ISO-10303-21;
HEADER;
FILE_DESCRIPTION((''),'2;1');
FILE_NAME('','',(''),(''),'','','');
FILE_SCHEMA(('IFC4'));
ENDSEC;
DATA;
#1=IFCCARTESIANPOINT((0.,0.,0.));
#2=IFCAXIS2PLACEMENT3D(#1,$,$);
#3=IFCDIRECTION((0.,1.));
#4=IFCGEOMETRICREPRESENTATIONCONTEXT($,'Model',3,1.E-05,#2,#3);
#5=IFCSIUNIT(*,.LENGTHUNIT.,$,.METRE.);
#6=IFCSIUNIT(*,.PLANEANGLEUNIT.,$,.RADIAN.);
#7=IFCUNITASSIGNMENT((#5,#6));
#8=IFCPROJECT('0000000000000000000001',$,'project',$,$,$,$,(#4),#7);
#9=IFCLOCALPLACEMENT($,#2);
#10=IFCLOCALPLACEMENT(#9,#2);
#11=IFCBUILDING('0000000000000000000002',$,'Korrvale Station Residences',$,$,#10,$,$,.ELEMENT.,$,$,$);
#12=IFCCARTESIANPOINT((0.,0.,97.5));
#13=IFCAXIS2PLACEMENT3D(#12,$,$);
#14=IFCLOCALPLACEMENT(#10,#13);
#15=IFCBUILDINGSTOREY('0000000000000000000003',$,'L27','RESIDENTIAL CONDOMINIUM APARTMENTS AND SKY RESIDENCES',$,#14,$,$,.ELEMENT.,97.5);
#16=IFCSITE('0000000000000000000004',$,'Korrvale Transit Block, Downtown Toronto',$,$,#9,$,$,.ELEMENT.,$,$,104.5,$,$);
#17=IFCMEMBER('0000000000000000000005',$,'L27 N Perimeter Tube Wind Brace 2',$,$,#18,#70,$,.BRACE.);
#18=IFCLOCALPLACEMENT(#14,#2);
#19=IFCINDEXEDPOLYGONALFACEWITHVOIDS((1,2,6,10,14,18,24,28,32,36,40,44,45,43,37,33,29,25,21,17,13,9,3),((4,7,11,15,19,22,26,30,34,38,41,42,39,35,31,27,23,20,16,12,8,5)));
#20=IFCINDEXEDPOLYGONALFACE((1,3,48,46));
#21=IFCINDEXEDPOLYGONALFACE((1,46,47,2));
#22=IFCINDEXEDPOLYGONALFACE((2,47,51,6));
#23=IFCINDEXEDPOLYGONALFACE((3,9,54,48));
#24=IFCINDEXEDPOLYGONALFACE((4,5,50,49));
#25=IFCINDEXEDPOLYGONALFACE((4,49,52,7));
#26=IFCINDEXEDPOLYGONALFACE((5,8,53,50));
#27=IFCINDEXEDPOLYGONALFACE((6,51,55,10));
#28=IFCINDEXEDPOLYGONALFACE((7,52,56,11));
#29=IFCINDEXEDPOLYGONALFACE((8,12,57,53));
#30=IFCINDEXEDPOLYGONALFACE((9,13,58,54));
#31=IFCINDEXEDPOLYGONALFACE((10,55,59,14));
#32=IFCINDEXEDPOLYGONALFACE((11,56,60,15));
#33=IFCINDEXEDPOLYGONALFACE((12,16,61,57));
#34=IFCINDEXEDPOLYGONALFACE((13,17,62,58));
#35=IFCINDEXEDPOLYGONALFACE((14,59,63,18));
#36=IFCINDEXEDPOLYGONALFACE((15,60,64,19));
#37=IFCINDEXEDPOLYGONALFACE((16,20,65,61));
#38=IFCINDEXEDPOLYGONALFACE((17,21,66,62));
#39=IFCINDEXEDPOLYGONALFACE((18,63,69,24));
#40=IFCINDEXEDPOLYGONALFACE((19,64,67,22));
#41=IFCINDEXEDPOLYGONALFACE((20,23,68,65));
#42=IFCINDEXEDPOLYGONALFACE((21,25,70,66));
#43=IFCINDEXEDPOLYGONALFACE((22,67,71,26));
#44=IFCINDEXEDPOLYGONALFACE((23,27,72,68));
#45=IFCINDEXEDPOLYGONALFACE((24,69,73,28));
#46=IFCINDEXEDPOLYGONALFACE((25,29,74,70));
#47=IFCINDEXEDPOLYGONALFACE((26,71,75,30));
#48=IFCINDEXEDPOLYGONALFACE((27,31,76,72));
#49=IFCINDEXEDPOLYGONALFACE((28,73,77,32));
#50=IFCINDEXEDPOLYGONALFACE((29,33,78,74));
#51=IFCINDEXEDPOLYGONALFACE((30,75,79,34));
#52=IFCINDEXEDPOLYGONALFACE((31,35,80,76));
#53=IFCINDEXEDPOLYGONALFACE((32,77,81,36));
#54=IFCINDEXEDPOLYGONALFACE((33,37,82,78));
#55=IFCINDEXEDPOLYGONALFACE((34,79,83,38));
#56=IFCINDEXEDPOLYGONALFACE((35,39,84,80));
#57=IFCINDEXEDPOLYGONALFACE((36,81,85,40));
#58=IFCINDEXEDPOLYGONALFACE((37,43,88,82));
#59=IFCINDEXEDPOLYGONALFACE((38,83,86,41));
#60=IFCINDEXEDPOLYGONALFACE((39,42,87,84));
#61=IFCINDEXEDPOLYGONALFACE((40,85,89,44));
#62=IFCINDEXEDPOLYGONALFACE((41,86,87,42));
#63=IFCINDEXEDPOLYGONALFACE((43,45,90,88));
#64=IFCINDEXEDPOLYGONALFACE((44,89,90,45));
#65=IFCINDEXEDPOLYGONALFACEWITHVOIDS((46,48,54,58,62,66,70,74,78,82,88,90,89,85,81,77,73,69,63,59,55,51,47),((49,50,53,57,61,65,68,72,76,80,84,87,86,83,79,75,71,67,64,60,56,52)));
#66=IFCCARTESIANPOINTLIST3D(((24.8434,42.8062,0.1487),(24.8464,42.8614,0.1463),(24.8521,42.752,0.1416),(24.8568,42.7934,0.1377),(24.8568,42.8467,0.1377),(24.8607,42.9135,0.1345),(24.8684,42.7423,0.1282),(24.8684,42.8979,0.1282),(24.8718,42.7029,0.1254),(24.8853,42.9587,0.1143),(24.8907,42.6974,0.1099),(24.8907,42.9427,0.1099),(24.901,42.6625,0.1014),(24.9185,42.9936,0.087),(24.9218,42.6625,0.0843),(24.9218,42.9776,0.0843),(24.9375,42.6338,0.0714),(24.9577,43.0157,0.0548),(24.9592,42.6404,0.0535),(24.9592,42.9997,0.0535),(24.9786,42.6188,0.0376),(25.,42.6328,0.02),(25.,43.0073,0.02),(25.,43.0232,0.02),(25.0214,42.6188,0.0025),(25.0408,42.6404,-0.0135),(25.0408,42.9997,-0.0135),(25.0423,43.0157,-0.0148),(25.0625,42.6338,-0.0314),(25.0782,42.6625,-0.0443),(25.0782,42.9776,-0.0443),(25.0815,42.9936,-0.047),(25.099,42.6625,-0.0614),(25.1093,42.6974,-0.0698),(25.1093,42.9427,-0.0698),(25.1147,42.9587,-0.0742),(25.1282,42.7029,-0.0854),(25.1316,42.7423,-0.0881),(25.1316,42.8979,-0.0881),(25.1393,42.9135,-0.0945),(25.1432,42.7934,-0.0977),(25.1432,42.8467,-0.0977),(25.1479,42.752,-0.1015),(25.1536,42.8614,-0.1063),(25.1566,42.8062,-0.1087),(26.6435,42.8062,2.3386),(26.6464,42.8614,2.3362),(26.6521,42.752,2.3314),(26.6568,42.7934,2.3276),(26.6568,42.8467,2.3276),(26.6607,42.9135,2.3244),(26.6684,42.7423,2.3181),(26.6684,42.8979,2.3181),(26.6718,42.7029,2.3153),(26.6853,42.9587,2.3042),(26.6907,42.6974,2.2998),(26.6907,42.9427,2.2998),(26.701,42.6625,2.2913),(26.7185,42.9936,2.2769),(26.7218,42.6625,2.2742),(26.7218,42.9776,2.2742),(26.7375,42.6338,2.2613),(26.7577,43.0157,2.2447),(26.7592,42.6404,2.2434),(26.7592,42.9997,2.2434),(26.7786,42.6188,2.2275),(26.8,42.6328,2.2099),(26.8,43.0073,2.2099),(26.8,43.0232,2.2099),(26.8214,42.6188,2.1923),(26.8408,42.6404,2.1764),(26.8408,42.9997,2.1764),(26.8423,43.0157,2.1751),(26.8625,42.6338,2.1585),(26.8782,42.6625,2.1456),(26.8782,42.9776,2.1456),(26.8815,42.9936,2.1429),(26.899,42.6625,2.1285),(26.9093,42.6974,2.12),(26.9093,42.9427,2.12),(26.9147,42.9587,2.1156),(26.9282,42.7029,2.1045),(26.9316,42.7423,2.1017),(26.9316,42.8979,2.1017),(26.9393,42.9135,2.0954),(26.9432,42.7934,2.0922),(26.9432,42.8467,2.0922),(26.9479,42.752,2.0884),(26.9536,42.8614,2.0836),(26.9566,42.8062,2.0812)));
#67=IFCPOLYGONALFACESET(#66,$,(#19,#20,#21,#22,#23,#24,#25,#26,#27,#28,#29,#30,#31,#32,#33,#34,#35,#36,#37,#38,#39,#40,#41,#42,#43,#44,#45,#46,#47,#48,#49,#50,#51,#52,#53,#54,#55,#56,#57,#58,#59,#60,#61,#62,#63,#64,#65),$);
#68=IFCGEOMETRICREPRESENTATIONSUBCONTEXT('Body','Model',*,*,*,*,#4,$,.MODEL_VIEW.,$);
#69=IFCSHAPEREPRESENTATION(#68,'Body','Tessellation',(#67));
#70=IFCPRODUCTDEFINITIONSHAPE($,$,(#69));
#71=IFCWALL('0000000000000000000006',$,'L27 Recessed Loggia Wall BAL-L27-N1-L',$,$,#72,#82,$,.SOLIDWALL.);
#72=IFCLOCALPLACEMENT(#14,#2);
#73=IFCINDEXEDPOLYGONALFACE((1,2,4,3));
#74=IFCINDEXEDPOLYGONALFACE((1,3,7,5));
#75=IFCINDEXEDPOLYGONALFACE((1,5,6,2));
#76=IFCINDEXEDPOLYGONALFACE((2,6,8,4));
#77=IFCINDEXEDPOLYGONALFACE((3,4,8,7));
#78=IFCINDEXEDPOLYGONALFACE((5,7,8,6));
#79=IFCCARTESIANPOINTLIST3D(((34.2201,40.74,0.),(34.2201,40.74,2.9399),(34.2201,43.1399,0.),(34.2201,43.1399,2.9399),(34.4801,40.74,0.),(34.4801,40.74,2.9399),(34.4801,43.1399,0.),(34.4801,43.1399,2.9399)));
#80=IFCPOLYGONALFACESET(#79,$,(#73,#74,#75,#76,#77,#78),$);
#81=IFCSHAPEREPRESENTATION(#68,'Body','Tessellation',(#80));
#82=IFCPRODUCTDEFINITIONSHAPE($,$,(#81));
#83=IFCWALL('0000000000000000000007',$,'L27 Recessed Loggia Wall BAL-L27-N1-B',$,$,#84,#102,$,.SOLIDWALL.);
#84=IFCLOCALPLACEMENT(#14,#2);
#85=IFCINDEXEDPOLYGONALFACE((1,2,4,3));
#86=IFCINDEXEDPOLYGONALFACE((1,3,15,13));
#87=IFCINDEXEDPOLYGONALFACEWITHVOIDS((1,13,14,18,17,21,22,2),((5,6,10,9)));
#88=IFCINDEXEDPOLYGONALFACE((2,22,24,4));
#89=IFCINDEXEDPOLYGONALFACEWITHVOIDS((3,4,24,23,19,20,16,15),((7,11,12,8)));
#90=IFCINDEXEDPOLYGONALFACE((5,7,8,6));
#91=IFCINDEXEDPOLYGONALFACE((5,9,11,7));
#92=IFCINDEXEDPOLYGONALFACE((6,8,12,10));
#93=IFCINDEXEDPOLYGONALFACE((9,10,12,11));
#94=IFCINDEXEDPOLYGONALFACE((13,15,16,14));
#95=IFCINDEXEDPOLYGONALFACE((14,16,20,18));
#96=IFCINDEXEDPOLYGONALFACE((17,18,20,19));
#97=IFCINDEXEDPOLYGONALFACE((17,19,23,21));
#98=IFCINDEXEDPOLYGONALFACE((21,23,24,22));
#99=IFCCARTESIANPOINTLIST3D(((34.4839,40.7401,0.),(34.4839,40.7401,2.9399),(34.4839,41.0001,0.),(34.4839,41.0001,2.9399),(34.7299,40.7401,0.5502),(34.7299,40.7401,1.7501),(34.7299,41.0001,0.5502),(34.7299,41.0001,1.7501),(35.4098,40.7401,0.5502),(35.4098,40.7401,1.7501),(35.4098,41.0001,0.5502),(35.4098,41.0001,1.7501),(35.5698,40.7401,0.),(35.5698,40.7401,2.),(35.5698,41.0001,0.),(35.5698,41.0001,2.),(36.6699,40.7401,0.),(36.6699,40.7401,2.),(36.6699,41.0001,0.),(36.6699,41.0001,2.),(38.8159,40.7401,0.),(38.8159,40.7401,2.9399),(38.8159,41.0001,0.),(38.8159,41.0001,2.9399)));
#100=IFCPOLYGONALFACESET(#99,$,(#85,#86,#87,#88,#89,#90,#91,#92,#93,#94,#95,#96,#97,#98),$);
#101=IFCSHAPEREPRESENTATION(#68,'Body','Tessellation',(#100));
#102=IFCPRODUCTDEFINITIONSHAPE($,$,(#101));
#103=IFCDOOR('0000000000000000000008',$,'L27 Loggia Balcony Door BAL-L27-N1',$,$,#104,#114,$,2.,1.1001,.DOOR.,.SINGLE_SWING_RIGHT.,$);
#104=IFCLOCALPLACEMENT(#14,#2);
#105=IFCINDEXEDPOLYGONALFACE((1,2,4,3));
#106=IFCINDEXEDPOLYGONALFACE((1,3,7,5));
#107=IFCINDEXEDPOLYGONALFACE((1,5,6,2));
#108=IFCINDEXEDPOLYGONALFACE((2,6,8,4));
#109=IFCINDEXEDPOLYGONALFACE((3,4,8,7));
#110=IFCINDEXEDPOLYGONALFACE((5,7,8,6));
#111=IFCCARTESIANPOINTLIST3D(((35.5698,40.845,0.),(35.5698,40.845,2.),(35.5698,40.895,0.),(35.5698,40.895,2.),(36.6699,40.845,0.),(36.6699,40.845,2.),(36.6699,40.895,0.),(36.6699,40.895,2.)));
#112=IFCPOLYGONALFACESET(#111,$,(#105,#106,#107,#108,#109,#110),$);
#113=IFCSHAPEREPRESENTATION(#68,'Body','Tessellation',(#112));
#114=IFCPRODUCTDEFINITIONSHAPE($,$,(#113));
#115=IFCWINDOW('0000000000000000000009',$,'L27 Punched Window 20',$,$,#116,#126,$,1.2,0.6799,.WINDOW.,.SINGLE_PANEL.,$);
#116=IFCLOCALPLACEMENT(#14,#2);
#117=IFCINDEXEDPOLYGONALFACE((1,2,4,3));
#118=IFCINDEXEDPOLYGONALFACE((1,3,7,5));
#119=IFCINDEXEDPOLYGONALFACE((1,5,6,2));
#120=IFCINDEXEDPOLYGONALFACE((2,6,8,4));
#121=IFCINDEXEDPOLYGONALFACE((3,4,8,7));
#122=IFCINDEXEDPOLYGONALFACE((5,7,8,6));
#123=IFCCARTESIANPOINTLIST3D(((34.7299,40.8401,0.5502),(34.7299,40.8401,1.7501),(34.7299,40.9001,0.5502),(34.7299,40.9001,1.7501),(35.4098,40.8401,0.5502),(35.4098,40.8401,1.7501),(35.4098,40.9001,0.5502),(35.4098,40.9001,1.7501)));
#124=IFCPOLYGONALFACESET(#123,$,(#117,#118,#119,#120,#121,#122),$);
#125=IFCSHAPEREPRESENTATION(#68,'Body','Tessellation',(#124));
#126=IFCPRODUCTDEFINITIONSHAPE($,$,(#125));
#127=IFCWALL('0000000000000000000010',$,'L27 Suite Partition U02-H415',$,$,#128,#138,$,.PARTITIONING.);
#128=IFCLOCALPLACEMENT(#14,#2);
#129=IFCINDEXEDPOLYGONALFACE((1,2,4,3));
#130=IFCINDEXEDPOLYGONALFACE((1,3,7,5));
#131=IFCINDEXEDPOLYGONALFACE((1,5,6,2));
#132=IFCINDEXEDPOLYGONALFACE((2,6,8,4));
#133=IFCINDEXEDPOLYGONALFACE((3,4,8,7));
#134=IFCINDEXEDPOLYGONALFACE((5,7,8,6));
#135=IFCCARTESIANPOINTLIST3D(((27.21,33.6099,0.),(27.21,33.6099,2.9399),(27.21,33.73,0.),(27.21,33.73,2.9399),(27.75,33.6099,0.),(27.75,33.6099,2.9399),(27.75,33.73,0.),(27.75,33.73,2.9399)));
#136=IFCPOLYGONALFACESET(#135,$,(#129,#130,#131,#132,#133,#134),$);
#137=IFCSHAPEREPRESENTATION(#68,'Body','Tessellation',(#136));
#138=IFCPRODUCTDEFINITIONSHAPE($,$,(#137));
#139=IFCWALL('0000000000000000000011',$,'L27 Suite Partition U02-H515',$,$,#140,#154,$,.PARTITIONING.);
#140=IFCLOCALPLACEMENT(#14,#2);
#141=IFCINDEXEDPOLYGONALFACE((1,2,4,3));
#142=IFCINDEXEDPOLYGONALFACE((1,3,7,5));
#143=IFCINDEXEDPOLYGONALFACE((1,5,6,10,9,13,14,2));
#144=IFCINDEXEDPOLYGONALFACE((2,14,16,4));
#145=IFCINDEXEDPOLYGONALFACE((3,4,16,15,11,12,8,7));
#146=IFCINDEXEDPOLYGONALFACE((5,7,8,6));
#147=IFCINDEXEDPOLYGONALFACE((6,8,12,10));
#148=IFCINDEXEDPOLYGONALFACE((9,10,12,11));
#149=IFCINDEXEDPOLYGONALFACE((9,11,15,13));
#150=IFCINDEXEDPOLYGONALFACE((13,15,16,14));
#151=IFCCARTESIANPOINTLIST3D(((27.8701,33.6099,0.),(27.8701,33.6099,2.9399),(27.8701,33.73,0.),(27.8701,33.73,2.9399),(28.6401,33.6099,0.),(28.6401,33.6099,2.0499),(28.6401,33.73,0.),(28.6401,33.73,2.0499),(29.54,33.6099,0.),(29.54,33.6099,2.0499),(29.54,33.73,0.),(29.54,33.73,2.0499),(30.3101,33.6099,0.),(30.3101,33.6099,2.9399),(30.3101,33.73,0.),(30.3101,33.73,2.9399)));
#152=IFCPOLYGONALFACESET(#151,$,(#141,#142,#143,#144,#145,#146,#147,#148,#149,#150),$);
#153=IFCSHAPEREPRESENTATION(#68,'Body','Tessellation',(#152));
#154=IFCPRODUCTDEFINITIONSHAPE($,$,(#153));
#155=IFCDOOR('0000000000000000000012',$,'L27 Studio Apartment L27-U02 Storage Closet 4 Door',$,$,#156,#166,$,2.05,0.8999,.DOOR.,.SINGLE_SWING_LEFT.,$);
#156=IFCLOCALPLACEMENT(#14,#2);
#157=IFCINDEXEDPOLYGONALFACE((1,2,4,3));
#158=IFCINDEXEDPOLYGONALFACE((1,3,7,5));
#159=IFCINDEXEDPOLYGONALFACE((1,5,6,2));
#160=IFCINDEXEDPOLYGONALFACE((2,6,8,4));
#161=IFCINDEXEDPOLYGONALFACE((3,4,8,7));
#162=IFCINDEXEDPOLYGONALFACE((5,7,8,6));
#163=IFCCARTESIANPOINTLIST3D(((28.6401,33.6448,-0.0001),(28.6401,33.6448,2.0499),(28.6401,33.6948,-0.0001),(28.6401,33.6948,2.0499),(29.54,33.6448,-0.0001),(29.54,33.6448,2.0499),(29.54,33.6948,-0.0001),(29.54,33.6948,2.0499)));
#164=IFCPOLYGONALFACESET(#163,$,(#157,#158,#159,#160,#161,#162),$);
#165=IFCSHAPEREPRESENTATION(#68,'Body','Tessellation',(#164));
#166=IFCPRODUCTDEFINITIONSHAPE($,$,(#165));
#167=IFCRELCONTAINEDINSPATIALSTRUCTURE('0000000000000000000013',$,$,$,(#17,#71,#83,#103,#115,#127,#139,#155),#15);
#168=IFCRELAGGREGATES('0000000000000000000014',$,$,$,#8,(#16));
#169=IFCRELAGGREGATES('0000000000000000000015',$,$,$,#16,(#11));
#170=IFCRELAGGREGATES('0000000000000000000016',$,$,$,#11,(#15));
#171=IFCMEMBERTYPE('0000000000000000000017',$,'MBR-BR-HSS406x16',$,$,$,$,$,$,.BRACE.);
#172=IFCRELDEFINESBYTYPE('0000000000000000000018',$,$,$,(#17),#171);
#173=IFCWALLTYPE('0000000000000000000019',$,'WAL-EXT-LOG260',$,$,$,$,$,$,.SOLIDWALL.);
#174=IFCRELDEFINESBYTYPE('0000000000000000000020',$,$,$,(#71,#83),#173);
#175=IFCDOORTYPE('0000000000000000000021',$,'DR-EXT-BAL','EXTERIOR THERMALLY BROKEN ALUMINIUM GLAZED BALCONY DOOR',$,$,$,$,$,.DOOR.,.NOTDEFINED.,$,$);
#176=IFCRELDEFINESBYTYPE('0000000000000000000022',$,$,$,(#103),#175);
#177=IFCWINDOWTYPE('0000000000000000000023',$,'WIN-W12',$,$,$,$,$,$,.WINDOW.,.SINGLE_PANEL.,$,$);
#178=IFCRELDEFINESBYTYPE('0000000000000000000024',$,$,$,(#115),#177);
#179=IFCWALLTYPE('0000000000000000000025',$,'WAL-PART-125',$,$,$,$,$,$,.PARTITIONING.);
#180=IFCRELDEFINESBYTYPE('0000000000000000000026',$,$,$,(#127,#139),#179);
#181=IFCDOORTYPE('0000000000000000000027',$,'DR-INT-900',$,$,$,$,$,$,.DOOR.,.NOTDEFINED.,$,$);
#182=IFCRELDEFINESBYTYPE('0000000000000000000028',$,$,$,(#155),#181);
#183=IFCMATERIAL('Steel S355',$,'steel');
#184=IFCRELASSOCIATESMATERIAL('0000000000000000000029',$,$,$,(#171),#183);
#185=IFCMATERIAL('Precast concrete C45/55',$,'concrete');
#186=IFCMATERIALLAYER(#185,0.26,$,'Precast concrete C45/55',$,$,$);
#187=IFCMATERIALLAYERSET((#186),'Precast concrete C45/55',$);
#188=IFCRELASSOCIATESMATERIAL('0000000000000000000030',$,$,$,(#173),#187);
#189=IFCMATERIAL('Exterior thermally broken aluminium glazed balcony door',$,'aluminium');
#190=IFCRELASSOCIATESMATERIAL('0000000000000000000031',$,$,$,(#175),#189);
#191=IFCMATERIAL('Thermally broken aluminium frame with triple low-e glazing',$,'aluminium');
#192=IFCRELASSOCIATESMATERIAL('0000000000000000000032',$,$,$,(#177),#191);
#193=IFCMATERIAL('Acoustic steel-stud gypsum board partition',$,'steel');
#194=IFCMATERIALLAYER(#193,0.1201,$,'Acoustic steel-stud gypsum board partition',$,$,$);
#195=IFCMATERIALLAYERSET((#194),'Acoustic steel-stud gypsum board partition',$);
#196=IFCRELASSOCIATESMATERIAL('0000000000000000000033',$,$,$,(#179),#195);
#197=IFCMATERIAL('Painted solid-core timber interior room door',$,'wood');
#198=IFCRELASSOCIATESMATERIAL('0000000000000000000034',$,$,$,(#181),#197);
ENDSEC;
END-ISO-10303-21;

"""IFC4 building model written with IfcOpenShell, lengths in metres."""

from ifc_helpers import new_model, si_unit, direction, frame, frame_2d, origin, origin_2d, place, context, subcontext, project, spatial, rectangle, hollow_circle, extrude, material, layer, layer_set, material_profile, profile_set, type_object, element, fill, save


model = new_model("IFC4")

# Units and contexts
model_context = context("Model", 3, precision=1e-05, world=origin(), true_north=direction((0.0, 1.0)))
body_context = subcontext(model_context, "Body", "Model", "MODEL_VIEW")
ifc_project = project(units=[si_unit("LENGTHUNIT", "METRE"), si_unit("PLANEANGLEUNIT", "RADIAN")], contexts=[model_context])

# Site, building, storey
site_placement = place(None, origin())
site = spatial("IfcSite", under=ifc_project, at=site_placement, Name="Korrvale Transit Block, Downtown Toronto", CompositionType="ELEMENT", RefElevation=104.5)
building_placement = place(site_placement, origin())
building = spatial("IfcBuilding", under=site, at=building_placement, Name="Korrvale Station Residences", CompositionType="ELEMENT")
storey_placement = place(building_placement, frame((0.0, 0.0, 97.5)))
storey = spatial("IfcBuildingStorey", under=building, at=storey_placement, Name="L27", Description="RESIDENTIAL CONDOMINIUM APARTMENTS AND SKY RESIDENCES", CompositionType="ELEMENT", Elevation=97.5)

# Shared definitions
ifc_material_1 = material(Name="Steel S355", Category="steel")

# Member
ifc_material_profile_1 = material_profile(ifc_material_1, hollow_circle(Radius=0.2031, WallThickness=0.0159, at=origin_2d()), Name="HSS406x16")
ifc_profile_set_1 = profile_set([ifc_material_profile_1], Name="Steel S355")
member_type = type_object("IfcMemberType", Name="MBR-BR-HSS406x16", PredefinedType="BRACE", material=ifc_profile_set_1)
for number, where, z_axis, x_axis, name in (
    (1, (25.0, 42.8201, 0.02), (0.634985, 0.0, 0.772524), (0.0, 1.0, 0.0), "L27 N Perimeter Tube Wind Brace 2"),
):
    element("IfcMember", number, at=place(storey_placement, frame(where, z_axis=z_axis, x_axis=x_axis)), inside=storey, type_object=member_type, Name=name, PredefinedType="BRACE", context=body_context, shape_type="SweptSolid", body=[
        extrude(hollow_circle(Radius=0.2031, WallThickness=0.0159, at=origin_2d()), origin(), (0.0, 0.0, 1.0), 2.8347),
    ])

# Wall
ifc_material_2 = material(Name="Precast concrete C45/55", Category="concrete")
ifc_layer_1 = layer(ifc_material_2, 0.26, Name="Precast concrete C45/55")
ifc_layer_set_1 = layer_set([ifc_layer_1], Name="Precast concrete C45/55")
wall_type_1 = type_object("IfcWallType", Name="WAL-EXT-LOG260", PredefinedType="SOLIDWALL", material=ifc_layer_set_1)
wall_1_placement = place(storey_placement, frame((34.3501, 43.1399, 0.0), z_axis=(0.0, 0.0, 1.0), x_axis=(0.0, -1.0, 0.0)))
element("IfcWall", 2, at=wall_1_placement, inside=storey, type_object=wall_type_1, Name="L27 Recessed Loggia Wall BAL-L27-N1-L", PredefinedType="SOLIDWALL", context=body_context, shape_type="SweptSolid", body=[
    extrude(rectangle(XDim=2.3999, YDim=0.26, at=frame_2d((1.2, 0.0))), origin(), (0.0, 0.0, 1.0), 2.9399),
])

# Wall, openings, door, window
wall_2_placement = place(storey_placement, frame((34.4839, 40.8701, 0.0), z_axis=(0.0, 0.0, 1.0), x_axis=(1.0, 0.0, 0.0)))
wall_2 = element("IfcWall", 3, at=wall_2_placement, inside=storey, type_object=wall_type_1, Name="L27 Recessed Loggia Wall BAL-L27-N1-B", PredefinedType="SOLIDWALL", context=body_context, shape_type="SweptSolid", body=[
    extrude(rectangle(XDim=4.332, YDim=0.26, at=frame_2d((2.166, 0.0))), origin(), (0.0, 0.0, 1.0), 2.9399),
])
opening_1_placement = place(wall_2_placement, frame((1.0859, 0.0, 0.0)))
opening_1 = element("IfcOpeningElement", 4, at=opening_1_placement, cuts=wall_2, PredefinedType="OPENING", context=body_context, shape_type="SweptSolid", body=[
    extrude(rectangle(XDim=1.1001, YDim=2.0, at=frame_2d((0.55, 1.0))), frame((0.0, 0.1401, 0.0), z_axis=(0.0, -1.0, 0.0), x_axis=(1.0, 0.0, 0.0)), (0.0, 0.0, 1.0), 0.28),
])
opening_2_placement = place(wall_2_placement, frame((0.2461, 0.0, 0.55)))
opening_2 = element("IfcOpeningElement", 5, at=opening_2_placement, cuts=wall_2, PredefinedType="OPENING", context=body_context, shape_type="SweptSolid", body=[
    extrude(rectangle(XDim=0.6799, YDim=1.2, at=frame_2d((0.3398, 0.6001))), frame((0.0, 0.1401, 0.0), z_axis=(0.0, -1.0, 0.0), x_axis=(1.0, 0.0, 0.0)), (0.0, 0.0, 1.0), 0.28),
])
ifc_material_3 = material(Name="Exterior thermally broken aluminium glazed balcony door", Category="aluminium")
door_type_1 = type_object("IfcDoorType", Name="DR-EXT-BAL", Description="EXTERIOR THERMALLY BROKEN ALUMINIUM GLAZED BALCONY DOOR", OperationType="NOTDEFINED", PredefinedType="DOOR", material=ifc_material_3)
door_1_placement = place(opening_1_placement, origin())
door_1 = element("IfcDoor", 6, at=door_1_placement, inside=storey, type_object=door_type_1, Name="L27 Loggia Balcony Door BAL-L27-N1", OperationType="SINGLE_SWING_RIGHT", OverallHeight=2.0, OverallWidth=1.1001, PredefinedType="DOOR", context=body_context, shape_type="SweptSolid", body=[
    extrude(rectangle(XDim=1.1001, YDim=2.0, at=frame_2d((0.55, 1.0))), frame((0.0, 0.0249, 0.0), z_axis=(0.0, -1.0, 0.0), x_axis=(1.0, 0.0, 0.0)), (0.0, 0.0, 1.0), 0.05),
])
fill(opening_1, door_1)
ifc_material_4 = material(Name="Thermally broken aluminium frame with triple low-e glazing", Category="aluminium")
window_type = type_object("IfcWindowType", Name="WIN-W12", PartitioningType="SINGLE_PANEL", PredefinedType="WINDOW", material=ifc_material_4)
window_placement = place(opening_2_placement, origin())
window = element("IfcWindow", 7, at=window_placement, inside=storey, type_object=window_type, Name="L27 Punched Window 20", OverallHeight=1.2, OverallWidth=0.6799, PartitioningType="SINGLE_PANEL", PredefinedType="WINDOW", context=body_context, shape_type="SweptSolid", body=[
    extrude(rectangle(XDim=0.6799, YDim=1.2, at=frame_2d((0.3398, 0.6001))), frame((0.0, 0.03, 0.0), z_axis=(0.0, -1.0, 0.0), x_axis=(1.0, 0.0, 0.0)), (0.0, 0.0, 1.0), 0.0601),
])
fill(opening_2, window)

# Wall
ifc_material_5 = material(Name="Acoustic steel-stud gypsum board partition", Category="steel")
ifc_layer_2 = layer(ifc_material_5, 0.1201, Name="Acoustic steel-stud gypsum board partition")
ifc_layer_set_2 = layer_set([ifc_layer_2], Name="Acoustic steel-stud gypsum board partition")
wall_type_2 = type_object("IfcWallType", Name="WAL-PART-125", PredefinedType="PARTITIONING", material=ifc_layer_set_2)
wall_3_placement = place(storey_placement, frame((27.21, 33.6699, 0.0), z_axis=(0.0, 0.0, 1.0), x_axis=(1.0, 0.0, 0.0)))
element("IfcWall", 8, at=wall_3_placement, inside=storey, type_object=wall_type_2, Name="L27 Suite Partition U02-H415", PredefinedType="PARTITIONING", context=body_context, shape_type="SweptSolid", body=[
    extrude(rectangle(XDim=0.54, YDim=0.1201, at=frame_2d((0.27, 0.0))), origin(), (0.0, 0.0, 1.0), 2.9399),
])

# Wall, opening, door
wall_4_placement = place(storey_placement, frame((27.8701, 33.6699, 0.0), z_axis=(0.0, 0.0, 1.0), x_axis=(1.0, 0.0, 0.0)))
wall_4 = element("IfcWall", 9, at=wall_4_placement, inside=storey, type_object=wall_type_2, Name="L27 Suite Partition U02-H515", PredefinedType="PARTITIONING", context=body_context, shape_type="SweptSolid", body=[
    extrude(rectangle(XDim=2.4399, YDim=0.1201, at=frame_2d((1.22, 0.0))), origin(), (0.0, 0.0, 1.0), 2.9399),
])
opening_3_placement = place(wall_4_placement, frame((0.77, 0.0, 0.0)))
opening_3 = element("IfcOpeningElement", 10, at=opening_3_placement, cuts=wall_4, PredefinedType="OPENING", context=body_context, shape_type="SweptSolid", body=[
    extrude(rectangle(XDim=0.8999, YDim=2.05, at=frame_2d((0.45, 1.0249))), frame((0.0, 0.0701, 0.0), z_axis=(0.0, -1.0, 0.0), x_axis=(1.0, 0.0, 0.0)), (0.0, 0.0, 1.0), 0.1401),
])
ifc_material_6 = material(Name="Painted solid-core timber interior room door", Category="wood")
door_type_2 = type_object("IfcDoorType", Name="DR-INT-900", OperationType="NOTDEFINED", PredefinedType="DOOR", material=ifc_material_6)
door_2_placement = place(opening_3_placement, origin())
door_2 = element("IfcDoor", 11, at=door_2_placement, inside=storey, type_object=door_type_2, Name="L27 Studio Apartment L27-U02 Storage Closet 4 Door", OperationType="SINGLE_SWING_LEFT", OverallHeight=2.05, OverallWidth=0.8999, PredefinedType="DOOR", context=body_context, shape_type="SweptSolid", body=[
    extrude(rectangle(XDim=0.8999, YDim=2.05, at=frame_2d((0.45, 1.0249))), frame((0.0, 0.0249, 0.0), z_axis=(0.0, -1.0, 0.0), x_axis=(1.0, 0.0, 0.0)), (0.0, 0.0, 1.0), 0.05),
])
fill(opening_3, door_2)

save(model, "model.ifc")
